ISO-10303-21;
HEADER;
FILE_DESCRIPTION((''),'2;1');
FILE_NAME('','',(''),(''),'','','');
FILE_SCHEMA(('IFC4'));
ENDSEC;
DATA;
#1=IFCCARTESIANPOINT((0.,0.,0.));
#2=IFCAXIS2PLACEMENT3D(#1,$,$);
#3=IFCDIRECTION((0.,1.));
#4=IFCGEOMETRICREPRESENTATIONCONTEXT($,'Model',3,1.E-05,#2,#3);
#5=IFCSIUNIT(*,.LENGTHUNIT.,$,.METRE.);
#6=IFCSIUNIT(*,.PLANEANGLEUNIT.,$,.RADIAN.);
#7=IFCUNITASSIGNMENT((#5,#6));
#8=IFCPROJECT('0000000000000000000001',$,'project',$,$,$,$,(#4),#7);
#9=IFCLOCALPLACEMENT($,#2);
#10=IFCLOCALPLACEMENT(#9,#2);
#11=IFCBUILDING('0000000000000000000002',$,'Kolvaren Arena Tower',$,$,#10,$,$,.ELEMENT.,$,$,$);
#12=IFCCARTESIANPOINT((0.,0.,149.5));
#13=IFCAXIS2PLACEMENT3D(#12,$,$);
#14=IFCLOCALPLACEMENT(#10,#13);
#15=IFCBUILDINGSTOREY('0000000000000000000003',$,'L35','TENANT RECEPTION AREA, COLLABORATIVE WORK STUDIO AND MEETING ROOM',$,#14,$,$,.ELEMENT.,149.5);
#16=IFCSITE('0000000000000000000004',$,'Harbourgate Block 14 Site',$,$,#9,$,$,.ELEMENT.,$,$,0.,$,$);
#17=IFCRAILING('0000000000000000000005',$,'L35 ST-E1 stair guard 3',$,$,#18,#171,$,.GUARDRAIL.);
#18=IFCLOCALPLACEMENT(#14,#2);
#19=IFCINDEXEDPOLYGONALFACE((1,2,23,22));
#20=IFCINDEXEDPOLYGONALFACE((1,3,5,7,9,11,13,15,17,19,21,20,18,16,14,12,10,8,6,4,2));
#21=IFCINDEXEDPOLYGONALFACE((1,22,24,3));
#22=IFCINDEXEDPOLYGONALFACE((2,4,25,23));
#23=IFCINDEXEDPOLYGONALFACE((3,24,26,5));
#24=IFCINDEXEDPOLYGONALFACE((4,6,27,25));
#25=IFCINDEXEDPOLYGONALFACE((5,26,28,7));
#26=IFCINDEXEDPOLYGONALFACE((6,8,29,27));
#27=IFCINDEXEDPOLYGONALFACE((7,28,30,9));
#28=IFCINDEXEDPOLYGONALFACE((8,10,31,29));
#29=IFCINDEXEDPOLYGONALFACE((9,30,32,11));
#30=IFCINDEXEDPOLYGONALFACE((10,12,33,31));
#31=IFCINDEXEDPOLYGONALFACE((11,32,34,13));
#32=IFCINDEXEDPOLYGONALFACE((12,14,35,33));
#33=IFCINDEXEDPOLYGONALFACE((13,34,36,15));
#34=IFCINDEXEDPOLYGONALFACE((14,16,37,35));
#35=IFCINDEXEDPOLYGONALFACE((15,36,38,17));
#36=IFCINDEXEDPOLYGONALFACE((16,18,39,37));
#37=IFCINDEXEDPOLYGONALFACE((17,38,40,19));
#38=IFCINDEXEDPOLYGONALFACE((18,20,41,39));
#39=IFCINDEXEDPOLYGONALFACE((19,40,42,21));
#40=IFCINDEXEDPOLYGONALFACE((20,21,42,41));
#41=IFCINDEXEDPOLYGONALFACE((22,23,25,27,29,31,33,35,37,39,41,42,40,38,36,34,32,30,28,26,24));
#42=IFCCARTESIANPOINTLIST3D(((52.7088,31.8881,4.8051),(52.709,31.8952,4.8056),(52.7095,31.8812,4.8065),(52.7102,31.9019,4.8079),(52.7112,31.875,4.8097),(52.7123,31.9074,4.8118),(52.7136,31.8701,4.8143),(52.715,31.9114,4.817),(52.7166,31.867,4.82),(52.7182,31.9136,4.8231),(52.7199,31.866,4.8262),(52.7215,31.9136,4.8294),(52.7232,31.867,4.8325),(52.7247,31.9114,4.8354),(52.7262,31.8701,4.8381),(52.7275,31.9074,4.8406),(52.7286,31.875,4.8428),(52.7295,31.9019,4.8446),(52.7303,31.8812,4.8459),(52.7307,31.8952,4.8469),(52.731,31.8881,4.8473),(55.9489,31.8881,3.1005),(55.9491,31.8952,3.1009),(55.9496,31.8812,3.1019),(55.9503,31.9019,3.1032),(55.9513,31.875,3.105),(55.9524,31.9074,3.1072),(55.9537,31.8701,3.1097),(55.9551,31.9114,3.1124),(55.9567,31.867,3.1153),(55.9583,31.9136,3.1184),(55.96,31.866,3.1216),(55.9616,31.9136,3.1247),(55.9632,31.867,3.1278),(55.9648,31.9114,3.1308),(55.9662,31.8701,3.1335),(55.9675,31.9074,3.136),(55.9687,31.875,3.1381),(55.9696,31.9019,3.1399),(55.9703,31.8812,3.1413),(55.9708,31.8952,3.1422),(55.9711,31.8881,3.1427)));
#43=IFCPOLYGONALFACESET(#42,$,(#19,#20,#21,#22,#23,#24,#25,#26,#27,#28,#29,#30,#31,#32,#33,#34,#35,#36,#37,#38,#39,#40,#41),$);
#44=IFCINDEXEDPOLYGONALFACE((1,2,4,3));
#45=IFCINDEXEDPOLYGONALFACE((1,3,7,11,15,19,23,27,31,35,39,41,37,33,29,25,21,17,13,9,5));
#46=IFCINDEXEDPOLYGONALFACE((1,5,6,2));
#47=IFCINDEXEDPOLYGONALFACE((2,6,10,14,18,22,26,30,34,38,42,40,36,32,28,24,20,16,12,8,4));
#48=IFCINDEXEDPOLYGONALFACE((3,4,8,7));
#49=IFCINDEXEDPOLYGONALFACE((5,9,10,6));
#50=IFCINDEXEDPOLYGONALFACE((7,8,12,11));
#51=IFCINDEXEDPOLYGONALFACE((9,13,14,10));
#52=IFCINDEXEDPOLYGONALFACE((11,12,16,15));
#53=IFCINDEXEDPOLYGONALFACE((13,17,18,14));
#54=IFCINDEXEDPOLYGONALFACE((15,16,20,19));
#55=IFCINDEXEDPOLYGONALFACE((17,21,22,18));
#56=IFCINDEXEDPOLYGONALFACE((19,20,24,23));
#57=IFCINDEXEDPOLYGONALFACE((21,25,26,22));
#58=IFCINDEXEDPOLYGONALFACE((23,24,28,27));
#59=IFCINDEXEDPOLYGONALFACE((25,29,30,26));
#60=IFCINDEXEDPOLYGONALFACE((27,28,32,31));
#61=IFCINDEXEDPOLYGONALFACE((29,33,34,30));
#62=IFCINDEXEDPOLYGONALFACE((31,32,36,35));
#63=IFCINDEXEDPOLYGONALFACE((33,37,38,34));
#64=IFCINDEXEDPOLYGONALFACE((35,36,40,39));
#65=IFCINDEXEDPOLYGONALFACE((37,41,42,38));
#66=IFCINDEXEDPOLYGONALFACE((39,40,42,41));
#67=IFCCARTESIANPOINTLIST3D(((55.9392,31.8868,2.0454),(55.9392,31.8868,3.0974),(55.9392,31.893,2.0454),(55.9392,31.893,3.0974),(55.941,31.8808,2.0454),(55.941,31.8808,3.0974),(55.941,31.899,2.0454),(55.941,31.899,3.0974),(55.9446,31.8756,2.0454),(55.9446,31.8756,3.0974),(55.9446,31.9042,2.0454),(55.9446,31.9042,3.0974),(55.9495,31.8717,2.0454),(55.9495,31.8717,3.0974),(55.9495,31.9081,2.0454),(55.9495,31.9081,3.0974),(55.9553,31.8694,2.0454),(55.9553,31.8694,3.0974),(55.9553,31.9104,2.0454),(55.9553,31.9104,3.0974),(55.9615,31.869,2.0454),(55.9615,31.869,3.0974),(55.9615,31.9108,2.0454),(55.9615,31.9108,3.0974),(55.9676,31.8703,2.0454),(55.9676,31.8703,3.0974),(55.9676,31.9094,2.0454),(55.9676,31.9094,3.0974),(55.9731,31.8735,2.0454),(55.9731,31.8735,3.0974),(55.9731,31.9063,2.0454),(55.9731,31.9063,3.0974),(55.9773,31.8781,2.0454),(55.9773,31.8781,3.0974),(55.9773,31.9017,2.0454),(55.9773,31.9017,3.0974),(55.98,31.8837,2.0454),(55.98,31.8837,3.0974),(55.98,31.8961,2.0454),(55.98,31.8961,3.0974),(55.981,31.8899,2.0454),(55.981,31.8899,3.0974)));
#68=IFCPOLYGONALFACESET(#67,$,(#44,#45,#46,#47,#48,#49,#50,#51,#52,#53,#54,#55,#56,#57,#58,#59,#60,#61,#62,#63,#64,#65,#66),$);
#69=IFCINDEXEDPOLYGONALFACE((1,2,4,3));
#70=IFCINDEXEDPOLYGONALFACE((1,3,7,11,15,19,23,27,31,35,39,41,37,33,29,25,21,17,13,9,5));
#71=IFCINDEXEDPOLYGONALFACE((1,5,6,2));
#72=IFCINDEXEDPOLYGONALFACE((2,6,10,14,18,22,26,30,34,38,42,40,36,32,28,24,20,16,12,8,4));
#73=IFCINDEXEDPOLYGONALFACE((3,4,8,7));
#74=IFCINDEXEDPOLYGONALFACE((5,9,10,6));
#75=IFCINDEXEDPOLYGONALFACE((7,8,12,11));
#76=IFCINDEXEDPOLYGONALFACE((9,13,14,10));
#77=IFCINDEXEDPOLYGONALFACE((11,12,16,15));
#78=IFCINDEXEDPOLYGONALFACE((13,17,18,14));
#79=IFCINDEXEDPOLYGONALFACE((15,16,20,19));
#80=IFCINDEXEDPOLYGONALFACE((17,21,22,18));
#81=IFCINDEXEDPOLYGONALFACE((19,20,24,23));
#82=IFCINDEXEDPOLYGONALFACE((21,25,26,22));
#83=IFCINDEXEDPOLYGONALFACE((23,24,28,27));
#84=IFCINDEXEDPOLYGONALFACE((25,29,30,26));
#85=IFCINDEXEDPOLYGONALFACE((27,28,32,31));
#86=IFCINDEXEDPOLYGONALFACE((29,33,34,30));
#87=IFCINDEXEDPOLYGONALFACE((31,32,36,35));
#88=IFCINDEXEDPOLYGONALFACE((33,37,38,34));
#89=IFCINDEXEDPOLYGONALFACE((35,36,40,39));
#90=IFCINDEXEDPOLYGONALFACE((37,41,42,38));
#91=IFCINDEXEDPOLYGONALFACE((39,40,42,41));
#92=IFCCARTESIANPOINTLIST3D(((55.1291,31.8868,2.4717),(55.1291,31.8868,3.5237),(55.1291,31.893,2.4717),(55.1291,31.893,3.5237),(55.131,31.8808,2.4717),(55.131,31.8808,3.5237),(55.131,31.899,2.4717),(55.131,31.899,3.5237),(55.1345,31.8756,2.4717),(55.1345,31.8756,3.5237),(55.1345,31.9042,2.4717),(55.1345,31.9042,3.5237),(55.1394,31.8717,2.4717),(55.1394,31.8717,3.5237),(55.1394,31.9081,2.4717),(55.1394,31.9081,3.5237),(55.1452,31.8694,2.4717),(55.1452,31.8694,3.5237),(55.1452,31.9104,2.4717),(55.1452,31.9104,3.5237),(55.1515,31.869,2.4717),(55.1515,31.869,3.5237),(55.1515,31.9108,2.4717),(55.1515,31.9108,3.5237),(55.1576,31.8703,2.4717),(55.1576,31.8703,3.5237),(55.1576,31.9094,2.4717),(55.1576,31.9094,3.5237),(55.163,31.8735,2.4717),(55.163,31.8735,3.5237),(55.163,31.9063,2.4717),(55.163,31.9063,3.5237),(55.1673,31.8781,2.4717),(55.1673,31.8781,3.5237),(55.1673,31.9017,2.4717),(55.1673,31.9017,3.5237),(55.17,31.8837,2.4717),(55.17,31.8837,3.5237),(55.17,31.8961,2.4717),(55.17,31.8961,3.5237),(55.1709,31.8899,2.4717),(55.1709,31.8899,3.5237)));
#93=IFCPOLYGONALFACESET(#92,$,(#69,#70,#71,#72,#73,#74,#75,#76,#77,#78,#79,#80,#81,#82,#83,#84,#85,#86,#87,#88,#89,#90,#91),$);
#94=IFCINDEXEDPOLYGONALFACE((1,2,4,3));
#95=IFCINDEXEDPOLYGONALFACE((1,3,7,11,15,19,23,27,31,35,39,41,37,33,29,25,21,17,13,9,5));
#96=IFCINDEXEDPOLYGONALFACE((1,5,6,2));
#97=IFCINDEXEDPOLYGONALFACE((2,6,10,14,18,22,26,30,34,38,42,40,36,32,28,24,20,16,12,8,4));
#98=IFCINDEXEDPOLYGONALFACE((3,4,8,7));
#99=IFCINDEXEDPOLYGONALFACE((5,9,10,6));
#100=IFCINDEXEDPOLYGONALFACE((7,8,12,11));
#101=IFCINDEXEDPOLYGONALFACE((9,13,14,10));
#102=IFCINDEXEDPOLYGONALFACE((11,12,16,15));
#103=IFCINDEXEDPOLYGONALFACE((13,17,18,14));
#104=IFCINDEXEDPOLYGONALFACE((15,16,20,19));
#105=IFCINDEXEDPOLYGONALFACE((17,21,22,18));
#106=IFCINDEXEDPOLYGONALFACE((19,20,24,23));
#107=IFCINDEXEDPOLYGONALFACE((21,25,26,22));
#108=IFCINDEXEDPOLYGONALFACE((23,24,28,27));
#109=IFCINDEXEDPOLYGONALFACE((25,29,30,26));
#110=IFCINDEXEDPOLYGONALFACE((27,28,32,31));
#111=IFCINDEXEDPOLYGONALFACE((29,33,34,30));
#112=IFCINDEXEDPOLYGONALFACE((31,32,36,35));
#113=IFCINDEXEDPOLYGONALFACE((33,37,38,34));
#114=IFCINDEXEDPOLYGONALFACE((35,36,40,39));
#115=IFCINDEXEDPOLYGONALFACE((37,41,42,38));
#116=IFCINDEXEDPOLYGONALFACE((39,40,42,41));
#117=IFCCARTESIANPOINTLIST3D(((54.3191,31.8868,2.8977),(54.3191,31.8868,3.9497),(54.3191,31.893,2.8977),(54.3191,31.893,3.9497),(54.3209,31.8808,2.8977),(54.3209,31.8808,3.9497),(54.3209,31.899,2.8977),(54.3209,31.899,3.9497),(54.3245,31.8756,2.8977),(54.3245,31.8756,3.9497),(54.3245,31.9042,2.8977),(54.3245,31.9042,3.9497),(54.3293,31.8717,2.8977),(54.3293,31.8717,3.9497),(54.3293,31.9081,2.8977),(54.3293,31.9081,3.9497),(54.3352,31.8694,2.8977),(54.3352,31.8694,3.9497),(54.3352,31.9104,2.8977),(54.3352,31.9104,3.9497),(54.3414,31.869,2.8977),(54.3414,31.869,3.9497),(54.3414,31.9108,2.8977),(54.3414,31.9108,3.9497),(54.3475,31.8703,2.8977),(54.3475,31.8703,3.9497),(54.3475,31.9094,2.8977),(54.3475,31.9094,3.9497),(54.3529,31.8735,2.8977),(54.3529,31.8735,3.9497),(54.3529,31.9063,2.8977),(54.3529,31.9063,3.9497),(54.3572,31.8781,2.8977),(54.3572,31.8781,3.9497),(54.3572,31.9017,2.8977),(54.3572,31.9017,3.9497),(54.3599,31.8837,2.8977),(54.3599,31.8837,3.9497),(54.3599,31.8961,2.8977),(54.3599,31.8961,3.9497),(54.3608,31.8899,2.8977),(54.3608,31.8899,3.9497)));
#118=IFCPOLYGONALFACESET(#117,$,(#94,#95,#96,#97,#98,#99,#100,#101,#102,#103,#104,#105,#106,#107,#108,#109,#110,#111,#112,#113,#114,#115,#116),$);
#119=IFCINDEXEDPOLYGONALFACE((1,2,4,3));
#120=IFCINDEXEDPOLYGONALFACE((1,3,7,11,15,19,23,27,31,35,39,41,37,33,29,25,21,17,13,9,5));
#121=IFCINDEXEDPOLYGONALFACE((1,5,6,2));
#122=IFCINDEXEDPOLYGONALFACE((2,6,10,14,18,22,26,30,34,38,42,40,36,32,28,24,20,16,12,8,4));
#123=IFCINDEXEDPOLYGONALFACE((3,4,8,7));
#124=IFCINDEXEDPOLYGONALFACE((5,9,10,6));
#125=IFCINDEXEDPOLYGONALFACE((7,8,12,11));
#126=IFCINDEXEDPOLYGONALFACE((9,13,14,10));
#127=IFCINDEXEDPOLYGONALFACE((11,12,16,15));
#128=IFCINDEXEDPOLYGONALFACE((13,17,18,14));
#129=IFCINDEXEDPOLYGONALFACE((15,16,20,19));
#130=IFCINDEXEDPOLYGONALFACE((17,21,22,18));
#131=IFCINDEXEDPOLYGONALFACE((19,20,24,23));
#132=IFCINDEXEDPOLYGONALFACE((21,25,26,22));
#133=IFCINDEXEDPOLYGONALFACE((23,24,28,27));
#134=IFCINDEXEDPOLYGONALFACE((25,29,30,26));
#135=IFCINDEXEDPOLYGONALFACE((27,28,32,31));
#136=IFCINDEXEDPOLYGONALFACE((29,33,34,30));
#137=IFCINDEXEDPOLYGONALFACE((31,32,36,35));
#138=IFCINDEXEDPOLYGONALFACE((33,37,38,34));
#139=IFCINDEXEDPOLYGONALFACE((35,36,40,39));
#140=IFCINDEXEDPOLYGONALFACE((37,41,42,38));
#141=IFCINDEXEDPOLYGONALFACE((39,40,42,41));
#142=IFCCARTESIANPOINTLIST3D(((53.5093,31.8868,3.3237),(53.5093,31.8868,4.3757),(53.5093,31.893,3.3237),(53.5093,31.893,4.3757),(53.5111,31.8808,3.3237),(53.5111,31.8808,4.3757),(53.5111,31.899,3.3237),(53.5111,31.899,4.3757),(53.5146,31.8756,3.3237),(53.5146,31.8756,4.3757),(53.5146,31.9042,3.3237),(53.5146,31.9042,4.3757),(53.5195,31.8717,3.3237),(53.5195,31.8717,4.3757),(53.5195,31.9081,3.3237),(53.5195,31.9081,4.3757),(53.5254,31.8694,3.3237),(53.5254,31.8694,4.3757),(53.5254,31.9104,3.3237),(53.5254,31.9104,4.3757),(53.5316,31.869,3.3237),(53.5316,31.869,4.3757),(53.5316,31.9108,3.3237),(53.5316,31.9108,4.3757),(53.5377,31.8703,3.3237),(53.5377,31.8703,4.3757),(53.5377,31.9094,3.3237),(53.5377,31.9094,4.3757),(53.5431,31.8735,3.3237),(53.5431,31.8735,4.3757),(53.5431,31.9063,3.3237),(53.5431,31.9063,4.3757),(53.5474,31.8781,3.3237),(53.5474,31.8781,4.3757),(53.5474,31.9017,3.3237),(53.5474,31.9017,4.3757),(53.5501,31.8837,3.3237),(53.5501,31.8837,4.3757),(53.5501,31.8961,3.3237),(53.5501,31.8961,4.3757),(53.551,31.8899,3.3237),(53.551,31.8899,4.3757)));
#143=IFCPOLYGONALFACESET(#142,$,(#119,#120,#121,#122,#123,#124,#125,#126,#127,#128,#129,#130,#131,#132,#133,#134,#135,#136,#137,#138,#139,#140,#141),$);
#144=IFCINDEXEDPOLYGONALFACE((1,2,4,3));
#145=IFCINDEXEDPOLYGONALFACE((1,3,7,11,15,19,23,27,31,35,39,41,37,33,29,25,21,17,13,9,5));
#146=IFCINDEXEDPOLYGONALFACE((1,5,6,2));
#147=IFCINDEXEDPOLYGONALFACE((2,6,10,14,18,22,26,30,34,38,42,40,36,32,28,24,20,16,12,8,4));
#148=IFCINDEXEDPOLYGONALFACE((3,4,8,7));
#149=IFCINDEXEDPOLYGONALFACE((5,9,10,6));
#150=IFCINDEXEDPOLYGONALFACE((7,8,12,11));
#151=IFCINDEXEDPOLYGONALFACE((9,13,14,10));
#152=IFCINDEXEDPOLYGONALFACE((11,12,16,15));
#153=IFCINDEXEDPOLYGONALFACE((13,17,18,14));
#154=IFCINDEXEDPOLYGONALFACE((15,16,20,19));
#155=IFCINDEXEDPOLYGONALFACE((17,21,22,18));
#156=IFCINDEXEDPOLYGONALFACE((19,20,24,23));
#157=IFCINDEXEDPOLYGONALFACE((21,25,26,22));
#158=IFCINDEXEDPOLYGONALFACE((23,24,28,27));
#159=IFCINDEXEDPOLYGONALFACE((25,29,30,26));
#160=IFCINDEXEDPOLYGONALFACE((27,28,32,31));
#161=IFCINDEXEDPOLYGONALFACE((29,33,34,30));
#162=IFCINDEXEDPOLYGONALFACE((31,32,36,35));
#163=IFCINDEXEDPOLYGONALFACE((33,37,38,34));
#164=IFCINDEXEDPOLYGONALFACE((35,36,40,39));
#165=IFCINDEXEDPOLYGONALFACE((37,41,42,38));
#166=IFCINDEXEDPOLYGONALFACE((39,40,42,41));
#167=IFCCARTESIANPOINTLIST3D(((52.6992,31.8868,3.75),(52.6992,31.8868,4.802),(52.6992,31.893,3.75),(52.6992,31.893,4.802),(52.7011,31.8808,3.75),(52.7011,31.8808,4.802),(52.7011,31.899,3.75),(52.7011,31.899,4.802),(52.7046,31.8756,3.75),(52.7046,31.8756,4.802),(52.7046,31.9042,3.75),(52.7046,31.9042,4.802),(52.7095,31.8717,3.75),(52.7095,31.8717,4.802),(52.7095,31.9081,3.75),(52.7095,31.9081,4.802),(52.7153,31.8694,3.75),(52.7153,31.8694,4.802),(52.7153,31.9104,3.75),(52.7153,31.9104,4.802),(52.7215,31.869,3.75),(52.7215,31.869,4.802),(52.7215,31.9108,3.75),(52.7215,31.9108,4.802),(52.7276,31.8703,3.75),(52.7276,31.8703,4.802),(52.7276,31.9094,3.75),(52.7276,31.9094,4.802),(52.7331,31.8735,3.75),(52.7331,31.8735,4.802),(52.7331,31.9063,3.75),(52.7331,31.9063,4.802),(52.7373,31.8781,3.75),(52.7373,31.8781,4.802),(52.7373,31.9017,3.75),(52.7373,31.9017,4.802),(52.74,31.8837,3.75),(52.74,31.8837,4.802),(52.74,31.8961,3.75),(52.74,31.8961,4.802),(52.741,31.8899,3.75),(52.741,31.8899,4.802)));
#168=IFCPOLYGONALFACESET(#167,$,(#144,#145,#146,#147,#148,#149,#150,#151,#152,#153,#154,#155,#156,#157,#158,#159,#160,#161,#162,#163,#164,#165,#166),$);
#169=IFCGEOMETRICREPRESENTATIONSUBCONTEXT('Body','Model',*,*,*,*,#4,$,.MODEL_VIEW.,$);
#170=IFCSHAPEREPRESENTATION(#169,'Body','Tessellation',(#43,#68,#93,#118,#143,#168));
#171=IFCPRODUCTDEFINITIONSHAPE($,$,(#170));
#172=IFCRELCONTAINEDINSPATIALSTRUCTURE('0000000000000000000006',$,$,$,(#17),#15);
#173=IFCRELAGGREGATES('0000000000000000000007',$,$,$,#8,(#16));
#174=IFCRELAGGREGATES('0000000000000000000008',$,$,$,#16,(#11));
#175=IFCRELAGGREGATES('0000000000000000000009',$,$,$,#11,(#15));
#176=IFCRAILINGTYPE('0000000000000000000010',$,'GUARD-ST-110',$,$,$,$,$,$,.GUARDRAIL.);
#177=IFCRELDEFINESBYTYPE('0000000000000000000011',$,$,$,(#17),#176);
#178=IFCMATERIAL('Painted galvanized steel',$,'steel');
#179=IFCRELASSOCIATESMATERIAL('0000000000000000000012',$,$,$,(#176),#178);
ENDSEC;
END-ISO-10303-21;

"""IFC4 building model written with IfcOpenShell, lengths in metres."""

from ifc_helpers import new_model, si_unit, direction, frame, origin, origin_2d, place, context, subcontext, project, spatial, circle, extrude, material, type_object, element, save


model = new_model("IFC4")

# Units and contexts
model_context = context("Model", 3, precision=1e-05, world=origin(), true_north=direction((0.0, 1.0)))
body_context = subcontext(model_context, "Body", "Model", "MODEL_VIEW")
ifc_project = project(units=[si_unit("LENGTHUNIT", "METRE"), si_unit("PLANEANGLEUNIT", "RADIAN")], contexts=[model_context])

# Site, building, storey
site_placement = place(None, origin())
site = spatial("IfcSite", under=ifc_project, at=site_placement, Name="Harbourgate Block 14 Site", CompositionType="ELEMENT", RefElevation=0.0)
building_placement = place(site_placement, origin())
building = spatial("IfcBuilding", under=site, at=building_placement, Name="Kolvaren Arena Tower", CompositionType="ELEMENT")
storey_placement = place(building_placement, frame((0.0, 0.0, 149.5)))
storey = spatial("IfcBuildingStorey", under=building, at=storey_placement, Name="L35", Description="TENANT RECEPTION AREA, COLLABORATIVE WORK STUDIO AND MEETING ROOM", CompositionType="ELEMENT", Elevation=149.5)

# Railing
ifc_material_1 = material(Name="Painted galvanized steel", Category="steel")
railing_type_1 = type_object("IfcRailingType", Name="GUARD-ST-110", PredefinedType="GUARDRAIL", material=ifc_material_1)
railing_1_placement = place(storey_placement, frame((55.96, 31.8899, 2.0454)))
element("IfcRailing", 1, at=railing_1_placement, inside=storey, type_object=railing_type_1, Name="L35 ST-E1 stair guard 3", PredefinedType="GUARDRAIL", context=body_context, shape_type="SweptSolid", body=[
    extrude(circle(Radius=0.0239, at=origin_2d()), frame((0.0, 0.0, 1.0762), z_axis=(-0.884993, 0.0, 0.465604), x_axis=(0.0, -1.0, 0.0)), (0.0, 0.0, 1.0), 3.6611),
    extrude(circle(Radius=0.021, at=origin_2d()), origin(), (0.0, 0.0, 1.0), 1.052),
    extrude(circle(Radius=0.021, at=origin_2d()), frame((-0.8101, 0.0, 0.4263)), (0.0, 0.0, 1.0), 1.052),
    extrude(circle(Radius=0.021, at=origin_2d()), frame((-1.6201, 0.0, 0.8523)), (0.0, 0.0, 1.0), 1.052),
    extrude(circle(Radius=0.021, at=origin_2d()), frame((-2.4299, 0.0, 1.2783)), (0.0, 0.0, 1.0), 1.052),
    extrude(circle(Radius=0.021, at=origin_2d()), frame((-3.24, 0.0, 1.7046)), (0.0, 0.0, 1.0), 1.052),
])

save(model, "model.ifc")
